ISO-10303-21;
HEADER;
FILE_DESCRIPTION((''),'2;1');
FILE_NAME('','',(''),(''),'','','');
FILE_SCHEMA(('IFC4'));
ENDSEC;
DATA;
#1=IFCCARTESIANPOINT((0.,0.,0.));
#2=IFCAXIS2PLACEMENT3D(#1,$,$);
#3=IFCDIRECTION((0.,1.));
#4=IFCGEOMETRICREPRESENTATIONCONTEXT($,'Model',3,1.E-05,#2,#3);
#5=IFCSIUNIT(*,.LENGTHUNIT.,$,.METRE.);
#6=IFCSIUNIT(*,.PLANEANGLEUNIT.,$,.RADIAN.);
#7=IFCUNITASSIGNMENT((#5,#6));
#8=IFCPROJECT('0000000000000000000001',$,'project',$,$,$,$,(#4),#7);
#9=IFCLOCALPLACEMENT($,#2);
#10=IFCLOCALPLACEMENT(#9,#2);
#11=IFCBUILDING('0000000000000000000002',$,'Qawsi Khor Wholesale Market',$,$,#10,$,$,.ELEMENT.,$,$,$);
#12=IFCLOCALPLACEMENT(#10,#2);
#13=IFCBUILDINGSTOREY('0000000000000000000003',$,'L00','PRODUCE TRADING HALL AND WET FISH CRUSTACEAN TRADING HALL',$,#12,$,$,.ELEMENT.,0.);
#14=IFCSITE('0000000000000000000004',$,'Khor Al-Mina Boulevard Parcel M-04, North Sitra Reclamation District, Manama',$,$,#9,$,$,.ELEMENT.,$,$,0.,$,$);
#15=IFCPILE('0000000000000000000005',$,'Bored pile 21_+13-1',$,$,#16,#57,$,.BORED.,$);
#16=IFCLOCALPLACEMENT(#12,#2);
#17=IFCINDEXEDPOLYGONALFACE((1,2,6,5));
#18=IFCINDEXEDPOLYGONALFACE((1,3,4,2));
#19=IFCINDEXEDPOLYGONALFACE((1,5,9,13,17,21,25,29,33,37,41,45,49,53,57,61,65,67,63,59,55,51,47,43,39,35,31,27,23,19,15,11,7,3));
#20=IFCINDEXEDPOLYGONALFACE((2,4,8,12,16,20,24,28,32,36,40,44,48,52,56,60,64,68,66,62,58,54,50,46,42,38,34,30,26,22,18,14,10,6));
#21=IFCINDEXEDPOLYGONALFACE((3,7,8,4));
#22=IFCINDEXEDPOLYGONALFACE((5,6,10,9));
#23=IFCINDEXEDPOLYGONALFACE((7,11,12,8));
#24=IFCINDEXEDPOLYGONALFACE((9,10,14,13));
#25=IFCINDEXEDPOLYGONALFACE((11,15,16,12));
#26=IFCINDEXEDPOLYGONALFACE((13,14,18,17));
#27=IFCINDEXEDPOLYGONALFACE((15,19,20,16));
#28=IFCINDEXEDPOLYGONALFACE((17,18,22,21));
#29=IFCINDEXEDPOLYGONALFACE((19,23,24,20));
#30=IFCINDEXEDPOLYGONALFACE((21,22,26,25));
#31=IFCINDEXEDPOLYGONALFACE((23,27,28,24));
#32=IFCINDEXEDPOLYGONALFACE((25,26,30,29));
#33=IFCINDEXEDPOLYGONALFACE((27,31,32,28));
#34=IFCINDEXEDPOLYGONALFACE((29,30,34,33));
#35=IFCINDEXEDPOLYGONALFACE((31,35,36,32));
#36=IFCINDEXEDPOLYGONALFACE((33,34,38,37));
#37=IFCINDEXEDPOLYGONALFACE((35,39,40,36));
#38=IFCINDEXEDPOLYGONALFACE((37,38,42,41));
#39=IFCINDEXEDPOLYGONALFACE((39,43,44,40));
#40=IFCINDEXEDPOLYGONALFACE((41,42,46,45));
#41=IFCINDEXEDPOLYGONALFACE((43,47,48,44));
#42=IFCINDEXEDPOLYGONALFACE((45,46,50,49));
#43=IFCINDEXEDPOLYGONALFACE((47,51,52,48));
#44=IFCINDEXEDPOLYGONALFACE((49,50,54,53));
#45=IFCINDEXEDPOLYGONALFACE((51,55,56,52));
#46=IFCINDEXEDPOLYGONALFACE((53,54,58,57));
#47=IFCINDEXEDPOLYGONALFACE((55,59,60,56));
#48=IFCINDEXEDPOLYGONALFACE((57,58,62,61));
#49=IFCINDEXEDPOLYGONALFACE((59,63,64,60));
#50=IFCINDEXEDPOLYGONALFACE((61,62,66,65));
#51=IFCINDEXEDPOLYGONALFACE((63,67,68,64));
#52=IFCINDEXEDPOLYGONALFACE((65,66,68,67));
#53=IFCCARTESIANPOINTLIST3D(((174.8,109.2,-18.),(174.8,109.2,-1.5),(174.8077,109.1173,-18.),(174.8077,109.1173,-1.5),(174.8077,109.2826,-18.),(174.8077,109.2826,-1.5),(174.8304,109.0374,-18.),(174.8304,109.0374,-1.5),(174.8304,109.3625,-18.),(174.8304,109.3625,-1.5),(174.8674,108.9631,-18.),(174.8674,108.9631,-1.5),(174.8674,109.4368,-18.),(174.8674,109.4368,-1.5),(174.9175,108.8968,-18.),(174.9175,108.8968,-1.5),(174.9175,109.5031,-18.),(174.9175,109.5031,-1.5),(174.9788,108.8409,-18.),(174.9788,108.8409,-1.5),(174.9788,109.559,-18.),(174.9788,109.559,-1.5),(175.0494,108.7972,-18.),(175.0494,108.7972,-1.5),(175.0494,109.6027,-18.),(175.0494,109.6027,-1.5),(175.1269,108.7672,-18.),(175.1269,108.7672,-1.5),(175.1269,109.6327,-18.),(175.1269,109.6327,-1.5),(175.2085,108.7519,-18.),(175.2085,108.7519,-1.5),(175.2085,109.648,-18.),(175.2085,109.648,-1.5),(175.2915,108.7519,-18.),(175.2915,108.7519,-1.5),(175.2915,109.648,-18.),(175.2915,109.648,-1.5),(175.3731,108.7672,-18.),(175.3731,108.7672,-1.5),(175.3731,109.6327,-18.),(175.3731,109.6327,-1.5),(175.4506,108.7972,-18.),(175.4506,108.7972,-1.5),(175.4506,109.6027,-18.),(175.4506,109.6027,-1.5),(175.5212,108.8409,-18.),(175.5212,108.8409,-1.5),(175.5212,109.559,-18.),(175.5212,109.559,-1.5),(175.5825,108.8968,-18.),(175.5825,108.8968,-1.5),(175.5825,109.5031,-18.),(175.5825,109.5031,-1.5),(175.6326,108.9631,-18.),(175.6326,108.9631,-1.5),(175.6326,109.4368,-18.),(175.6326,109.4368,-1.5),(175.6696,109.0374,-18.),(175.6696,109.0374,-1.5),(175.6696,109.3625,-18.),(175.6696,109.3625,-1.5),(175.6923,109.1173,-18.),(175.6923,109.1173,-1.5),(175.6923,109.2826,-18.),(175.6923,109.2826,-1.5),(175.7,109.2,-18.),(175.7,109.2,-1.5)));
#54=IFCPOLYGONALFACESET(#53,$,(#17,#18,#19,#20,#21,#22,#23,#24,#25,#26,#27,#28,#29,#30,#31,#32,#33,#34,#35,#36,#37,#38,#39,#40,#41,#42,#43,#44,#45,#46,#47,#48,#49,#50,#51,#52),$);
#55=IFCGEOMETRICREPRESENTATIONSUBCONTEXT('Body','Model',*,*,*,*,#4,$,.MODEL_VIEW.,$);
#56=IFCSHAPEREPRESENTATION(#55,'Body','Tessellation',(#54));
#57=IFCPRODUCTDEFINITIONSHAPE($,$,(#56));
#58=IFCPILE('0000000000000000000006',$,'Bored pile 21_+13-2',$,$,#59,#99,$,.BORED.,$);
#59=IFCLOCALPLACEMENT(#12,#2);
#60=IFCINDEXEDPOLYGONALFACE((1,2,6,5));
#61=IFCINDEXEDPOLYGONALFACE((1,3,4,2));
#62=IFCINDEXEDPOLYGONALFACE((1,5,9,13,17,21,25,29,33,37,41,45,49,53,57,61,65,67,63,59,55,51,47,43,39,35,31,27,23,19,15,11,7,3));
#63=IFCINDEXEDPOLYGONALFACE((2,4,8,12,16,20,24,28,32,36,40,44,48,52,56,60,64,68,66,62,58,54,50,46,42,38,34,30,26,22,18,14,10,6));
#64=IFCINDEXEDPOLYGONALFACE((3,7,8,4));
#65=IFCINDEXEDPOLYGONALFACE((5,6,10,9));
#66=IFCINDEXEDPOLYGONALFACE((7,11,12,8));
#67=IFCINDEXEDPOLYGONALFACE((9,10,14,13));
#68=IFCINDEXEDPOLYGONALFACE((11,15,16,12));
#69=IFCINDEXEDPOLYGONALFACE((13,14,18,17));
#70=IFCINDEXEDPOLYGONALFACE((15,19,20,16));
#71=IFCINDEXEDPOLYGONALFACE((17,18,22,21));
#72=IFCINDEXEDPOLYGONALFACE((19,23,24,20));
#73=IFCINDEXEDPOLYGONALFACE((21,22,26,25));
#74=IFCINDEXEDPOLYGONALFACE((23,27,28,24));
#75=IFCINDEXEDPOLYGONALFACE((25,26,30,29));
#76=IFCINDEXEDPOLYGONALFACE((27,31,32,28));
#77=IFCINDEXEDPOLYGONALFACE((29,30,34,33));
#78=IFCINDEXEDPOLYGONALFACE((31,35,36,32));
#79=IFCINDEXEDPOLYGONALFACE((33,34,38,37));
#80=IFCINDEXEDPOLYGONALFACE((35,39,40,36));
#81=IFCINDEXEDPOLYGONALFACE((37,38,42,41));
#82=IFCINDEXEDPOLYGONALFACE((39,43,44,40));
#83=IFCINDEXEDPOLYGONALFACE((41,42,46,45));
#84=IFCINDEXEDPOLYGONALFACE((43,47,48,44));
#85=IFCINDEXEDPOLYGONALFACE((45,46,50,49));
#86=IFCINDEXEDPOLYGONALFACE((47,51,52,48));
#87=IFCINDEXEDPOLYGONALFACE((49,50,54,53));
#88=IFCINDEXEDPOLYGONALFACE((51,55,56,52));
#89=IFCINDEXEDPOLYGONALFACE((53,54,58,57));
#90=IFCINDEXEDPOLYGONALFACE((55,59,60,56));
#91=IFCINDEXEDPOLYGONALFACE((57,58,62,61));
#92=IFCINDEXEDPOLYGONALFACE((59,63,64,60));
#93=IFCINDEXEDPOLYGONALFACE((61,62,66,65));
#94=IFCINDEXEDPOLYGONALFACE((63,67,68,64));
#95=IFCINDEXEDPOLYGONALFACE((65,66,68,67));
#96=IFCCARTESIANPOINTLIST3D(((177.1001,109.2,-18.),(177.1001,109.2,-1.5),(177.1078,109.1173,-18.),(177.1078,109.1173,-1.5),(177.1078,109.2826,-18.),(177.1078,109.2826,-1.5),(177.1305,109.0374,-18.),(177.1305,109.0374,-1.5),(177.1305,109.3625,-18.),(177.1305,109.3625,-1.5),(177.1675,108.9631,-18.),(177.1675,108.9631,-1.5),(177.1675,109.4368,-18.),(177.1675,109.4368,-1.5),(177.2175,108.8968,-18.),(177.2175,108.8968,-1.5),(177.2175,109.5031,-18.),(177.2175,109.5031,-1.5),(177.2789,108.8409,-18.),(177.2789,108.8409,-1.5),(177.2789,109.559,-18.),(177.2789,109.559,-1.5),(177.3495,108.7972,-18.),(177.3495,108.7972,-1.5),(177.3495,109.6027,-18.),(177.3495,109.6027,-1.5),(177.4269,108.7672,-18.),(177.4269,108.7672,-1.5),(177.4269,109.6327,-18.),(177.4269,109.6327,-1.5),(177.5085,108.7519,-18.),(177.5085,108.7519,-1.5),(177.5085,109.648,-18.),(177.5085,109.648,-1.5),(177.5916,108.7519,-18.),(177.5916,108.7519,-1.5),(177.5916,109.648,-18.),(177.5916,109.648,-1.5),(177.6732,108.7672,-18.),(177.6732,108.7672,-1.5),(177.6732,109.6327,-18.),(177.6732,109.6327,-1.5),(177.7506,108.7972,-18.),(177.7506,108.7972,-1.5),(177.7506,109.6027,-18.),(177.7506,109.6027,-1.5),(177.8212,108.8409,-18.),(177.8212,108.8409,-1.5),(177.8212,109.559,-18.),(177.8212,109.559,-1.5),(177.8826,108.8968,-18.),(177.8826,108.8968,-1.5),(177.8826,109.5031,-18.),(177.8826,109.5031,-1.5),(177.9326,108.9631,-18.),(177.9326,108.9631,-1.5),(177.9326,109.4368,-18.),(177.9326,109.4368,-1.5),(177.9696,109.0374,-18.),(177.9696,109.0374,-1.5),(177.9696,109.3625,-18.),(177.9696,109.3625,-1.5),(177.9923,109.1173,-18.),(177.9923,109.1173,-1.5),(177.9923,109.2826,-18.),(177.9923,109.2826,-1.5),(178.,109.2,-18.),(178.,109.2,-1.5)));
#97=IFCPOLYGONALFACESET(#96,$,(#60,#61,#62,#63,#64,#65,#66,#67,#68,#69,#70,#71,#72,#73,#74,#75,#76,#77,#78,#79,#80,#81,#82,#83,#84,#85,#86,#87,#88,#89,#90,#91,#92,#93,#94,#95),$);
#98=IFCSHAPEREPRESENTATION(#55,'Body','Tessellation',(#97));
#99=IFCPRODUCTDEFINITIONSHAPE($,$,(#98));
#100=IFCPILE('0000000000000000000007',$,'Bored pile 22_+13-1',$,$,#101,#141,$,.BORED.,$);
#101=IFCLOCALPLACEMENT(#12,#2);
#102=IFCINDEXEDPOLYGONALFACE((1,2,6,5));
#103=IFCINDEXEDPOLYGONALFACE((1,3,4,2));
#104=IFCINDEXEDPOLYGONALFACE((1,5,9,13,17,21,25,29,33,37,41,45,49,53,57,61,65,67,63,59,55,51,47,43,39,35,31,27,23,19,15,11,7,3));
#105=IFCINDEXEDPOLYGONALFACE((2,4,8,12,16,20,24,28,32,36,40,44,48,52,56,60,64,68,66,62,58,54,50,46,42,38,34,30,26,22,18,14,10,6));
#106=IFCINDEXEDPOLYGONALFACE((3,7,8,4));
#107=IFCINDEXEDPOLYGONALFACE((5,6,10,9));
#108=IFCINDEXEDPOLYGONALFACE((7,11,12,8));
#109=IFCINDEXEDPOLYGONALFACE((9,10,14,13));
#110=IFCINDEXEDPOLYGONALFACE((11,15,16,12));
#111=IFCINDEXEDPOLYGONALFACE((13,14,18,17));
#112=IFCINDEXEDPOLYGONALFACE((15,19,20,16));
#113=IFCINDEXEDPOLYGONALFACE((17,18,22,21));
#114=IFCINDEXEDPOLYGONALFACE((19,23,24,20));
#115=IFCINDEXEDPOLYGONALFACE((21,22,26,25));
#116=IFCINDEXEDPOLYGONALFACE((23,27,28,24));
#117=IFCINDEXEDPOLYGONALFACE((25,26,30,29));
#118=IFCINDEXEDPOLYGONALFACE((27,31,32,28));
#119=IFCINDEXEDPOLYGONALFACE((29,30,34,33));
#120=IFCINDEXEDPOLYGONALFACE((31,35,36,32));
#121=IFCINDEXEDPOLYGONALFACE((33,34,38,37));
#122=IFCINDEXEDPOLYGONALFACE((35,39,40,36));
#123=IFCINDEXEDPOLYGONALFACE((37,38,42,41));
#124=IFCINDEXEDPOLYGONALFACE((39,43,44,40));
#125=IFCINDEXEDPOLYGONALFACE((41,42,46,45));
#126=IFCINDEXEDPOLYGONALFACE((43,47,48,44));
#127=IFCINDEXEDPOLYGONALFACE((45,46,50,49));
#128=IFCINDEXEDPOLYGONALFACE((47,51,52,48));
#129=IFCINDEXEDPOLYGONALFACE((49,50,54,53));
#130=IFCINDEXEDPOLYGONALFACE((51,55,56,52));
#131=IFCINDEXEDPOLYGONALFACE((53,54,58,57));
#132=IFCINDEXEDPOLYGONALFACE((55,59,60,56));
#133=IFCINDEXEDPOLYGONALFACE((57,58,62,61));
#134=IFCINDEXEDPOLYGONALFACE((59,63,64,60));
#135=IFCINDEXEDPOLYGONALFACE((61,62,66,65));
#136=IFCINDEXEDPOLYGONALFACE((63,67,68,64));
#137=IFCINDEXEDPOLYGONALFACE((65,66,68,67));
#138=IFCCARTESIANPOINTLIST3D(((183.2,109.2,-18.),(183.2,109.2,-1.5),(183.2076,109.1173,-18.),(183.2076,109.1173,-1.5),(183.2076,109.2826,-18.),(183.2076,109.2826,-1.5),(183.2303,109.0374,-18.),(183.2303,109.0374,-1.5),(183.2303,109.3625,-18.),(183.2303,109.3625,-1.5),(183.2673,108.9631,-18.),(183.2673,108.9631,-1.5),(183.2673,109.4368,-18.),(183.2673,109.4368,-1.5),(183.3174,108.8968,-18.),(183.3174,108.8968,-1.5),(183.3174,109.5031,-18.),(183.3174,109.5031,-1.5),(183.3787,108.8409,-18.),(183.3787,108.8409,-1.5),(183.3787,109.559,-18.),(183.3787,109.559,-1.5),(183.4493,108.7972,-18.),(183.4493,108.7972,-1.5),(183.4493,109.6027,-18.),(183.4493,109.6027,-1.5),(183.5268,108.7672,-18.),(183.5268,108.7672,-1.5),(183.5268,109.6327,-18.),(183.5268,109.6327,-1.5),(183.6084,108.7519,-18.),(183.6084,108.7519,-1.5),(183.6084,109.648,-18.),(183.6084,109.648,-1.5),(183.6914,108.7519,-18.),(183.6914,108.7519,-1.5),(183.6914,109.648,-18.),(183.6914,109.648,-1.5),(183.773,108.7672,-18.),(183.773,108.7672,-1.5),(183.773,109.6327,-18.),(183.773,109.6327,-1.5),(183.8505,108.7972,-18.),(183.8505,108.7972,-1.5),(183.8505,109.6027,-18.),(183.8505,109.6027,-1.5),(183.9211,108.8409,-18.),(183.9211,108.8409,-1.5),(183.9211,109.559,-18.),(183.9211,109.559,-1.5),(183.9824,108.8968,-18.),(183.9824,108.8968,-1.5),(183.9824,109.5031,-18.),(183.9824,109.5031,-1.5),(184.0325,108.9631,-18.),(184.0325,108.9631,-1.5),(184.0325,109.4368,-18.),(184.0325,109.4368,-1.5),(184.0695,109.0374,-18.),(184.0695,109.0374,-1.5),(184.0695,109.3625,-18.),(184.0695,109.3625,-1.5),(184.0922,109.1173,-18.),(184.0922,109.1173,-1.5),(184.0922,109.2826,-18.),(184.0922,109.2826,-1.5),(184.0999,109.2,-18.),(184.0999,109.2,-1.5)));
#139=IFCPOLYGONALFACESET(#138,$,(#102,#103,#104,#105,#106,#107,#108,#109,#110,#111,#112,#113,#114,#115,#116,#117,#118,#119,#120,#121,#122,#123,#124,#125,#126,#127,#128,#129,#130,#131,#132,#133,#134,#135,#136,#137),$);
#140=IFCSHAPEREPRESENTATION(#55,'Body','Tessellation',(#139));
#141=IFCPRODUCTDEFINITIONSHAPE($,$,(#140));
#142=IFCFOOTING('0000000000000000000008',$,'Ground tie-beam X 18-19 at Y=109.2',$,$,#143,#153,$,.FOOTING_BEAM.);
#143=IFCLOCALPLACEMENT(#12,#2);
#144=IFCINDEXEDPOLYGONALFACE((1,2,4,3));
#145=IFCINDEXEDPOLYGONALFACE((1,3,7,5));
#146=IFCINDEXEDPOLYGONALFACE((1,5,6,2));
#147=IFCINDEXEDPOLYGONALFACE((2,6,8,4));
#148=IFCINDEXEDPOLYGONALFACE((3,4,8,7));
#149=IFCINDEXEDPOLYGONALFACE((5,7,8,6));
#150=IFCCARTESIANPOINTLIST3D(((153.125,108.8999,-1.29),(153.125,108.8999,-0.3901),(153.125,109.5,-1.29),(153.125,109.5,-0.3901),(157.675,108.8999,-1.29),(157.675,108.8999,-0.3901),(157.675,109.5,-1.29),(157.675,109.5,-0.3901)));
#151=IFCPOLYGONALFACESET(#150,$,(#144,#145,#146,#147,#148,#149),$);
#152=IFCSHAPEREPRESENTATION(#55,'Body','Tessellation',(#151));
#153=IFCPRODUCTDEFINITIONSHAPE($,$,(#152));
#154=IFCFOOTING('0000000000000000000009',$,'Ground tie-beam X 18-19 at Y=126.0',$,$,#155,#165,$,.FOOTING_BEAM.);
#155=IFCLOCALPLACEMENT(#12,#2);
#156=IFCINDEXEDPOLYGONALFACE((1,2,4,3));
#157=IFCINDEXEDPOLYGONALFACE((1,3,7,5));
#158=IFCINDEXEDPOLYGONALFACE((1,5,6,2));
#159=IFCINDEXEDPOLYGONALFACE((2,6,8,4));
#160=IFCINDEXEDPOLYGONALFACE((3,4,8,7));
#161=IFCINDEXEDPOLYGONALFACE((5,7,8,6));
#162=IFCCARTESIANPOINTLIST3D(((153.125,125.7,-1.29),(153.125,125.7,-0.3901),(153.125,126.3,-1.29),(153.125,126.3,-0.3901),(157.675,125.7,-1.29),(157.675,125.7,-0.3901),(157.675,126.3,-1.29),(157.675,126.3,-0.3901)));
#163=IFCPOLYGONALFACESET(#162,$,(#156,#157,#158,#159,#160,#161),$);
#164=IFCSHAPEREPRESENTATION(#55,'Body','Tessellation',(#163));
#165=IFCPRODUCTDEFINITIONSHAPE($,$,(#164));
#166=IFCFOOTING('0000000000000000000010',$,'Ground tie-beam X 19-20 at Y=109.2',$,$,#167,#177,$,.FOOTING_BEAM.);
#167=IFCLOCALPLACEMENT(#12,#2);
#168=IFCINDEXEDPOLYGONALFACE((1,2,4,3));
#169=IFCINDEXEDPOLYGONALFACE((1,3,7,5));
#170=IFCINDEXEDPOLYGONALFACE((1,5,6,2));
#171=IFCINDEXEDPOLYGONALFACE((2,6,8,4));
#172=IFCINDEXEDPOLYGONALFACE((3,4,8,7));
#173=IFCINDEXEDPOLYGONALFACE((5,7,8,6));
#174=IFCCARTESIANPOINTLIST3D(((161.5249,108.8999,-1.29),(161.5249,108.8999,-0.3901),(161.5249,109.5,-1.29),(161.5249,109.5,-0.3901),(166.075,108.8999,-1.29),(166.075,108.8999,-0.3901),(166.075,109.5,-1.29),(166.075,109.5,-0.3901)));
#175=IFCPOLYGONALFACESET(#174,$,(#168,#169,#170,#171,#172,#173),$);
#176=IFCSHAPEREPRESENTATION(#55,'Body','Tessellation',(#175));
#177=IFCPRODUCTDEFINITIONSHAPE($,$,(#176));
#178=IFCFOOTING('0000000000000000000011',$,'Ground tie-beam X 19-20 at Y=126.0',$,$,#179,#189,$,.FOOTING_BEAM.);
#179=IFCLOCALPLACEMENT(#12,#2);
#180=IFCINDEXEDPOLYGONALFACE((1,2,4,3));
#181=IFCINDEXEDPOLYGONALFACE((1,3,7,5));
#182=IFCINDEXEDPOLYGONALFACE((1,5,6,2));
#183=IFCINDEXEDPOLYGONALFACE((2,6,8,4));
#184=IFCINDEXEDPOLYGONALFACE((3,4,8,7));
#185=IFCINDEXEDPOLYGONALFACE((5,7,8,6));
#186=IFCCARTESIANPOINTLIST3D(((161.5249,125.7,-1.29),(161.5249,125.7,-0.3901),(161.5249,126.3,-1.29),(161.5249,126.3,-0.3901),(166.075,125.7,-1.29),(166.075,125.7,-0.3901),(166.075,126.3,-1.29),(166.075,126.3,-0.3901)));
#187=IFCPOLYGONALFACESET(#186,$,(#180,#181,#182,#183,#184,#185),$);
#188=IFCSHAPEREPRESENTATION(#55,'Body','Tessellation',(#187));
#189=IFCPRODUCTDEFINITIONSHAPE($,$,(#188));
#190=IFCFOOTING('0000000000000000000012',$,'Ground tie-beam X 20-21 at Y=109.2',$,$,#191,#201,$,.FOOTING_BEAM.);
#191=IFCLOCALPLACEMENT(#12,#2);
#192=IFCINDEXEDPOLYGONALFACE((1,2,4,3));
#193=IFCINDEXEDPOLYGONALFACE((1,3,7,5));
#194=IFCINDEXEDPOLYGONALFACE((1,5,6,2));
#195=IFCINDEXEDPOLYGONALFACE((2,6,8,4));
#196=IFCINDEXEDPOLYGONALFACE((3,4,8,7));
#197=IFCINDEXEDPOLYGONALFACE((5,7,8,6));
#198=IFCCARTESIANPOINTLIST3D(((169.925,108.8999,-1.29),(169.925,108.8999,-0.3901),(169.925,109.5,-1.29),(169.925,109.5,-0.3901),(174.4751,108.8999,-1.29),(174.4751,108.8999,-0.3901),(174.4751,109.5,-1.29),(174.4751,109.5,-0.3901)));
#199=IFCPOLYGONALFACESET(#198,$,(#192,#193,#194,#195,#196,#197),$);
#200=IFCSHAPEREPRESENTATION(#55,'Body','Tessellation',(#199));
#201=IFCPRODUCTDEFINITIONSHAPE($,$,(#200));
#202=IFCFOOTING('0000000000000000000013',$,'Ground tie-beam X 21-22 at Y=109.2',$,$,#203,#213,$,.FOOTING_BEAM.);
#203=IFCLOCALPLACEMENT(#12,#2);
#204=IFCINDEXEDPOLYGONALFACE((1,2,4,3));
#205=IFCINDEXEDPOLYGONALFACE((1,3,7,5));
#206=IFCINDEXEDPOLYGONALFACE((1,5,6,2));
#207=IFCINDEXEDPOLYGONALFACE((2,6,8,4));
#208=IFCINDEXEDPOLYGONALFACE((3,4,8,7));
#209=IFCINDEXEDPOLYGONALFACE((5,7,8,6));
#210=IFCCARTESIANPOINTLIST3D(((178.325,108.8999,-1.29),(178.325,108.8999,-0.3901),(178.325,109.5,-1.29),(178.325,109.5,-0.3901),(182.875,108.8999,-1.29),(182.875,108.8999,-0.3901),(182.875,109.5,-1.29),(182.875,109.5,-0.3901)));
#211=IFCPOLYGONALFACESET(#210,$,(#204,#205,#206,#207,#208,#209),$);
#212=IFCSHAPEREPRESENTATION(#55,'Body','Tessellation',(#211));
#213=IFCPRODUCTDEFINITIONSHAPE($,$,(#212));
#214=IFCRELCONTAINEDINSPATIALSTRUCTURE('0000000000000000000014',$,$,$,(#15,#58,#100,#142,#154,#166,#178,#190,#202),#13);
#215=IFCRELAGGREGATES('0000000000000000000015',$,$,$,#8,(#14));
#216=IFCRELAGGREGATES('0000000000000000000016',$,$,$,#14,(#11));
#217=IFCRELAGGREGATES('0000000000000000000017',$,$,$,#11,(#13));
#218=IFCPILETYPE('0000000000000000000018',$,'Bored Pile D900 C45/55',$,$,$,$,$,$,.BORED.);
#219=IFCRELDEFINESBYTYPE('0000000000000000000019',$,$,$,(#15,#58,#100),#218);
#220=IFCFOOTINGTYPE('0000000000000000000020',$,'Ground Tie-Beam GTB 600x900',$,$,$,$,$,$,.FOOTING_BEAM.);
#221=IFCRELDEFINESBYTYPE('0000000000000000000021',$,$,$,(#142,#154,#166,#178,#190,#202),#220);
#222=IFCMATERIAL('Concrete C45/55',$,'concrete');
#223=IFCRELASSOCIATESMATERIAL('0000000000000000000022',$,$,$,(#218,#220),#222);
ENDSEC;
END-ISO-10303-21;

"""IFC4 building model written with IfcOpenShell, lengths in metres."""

from ifc_helpers import new_model, si_unit, direction, frame, origin, origin_2d, place, context, subcontext, project, spatial, rectangle, circle, extrude, material, material_profile, profile_set, type_object, element, save


model = new_model("IFC4")

# Units and contexts
model_context = context("Model", 3, precision=1e-05, world=origin(), true_north=direction((0.0, 1.0)))
body_context = subcontext(model_context, "Body", "Model", "MODEL_VIEW")
ifc_project = project(units=[si_unit("LENGTHUNIT", "METRE"), si_unit("PLANEANGLEUNIT", "RADIAN")], contexts=[model_context])

# Site, building, storey
site_placement = place(None, origin())
site = spatial("IfcSite", under=ifc_project, at=site_placement, Name="Khor Al-Mina Boulevard Parcel M-04, North Sitra Reclamation District, Manama", CompositionType="ELEMENT", RefElevation=0.0)
building_placement = place(site_placement, origin())
building = spatial("IfcBuilding", under=site, at=building_placement, Name="Qawsi Khor Wholesale Market", CompositionType="ELEMENT")
storey_placement = place(building_placement, origin())
storey = spatial("IfcBuildingStorey", under=building, at=storey_placement, Name="L00", Description="PRODUCE TRADING HALL AND WET FISH CRUSTACEAN TRADING HALL", CompositionType="ELEMENT", Elevation=0.0)

# Piles
ifc_material_1 = material(Name="Concrete C45/55", Category="concrete")
ifc_material_profile_1 = material_profile(ifc_material_1, circle(Radius=0.45, at=origin_2d()), Name="PILE D900")
ifc_profile_set_1 = profile_set([ifc_material_profile_1], Name="Concrete C45/55")
pile_type = type_object("IfcPileType", Name="Bored Pile D900 C45/55", PredefinedType="BORED", material=ifc_profile_set_1)
for number, where, z_axis, x_axis, name in (
    (1, (175.25, 109.2, -1.5), (0.0, 0.0, -1.0), (1.0, 0.0, 0.0), "Bored pile 21_+13-1"),
    (2, (177.55, 109.2, -1.5), (0.0, 0.0, -1.0), (1.0, 0.0, 0.0), "Bored pile 21_+13-2"),
    (3, (183.6499, 109.2, -1.5), (0.0, 0.0, -1.0), (1.0, 0.0, 0.0), "Bored pile 22_+13-1"),
):
    element("IfcPile", number, at=place(storey_placement, frame(where, z_axis=z_axis, x_axis=x_axis)), inside=storey, type_object=pile_type, Name=name, PredefinedType="BORED", context=body_context, shape_type="SweptSolid", body=[
        extrude(circle(Radius=0.45, at=origin_2d()), origin(), (0.0, 0.0, 1.0), 16.5),
    ])

# Footings
ifc_material_profile_2 = material_profile(ifc_material_1, rectangle(XDim=0.6001, YDim=0.8999, at=origin_2d()), Name="RC 600x900")
ifc_profile_set_2 = profile_set([ifc_material_profile_2], Name="Concrete C45/55")
footing_type_1 = type_object("IfcFootingType", Name="Ground Tie-Beam GTB 600x900", PredefinedType="FOOTING_BEAM", material=ifc_profile_set_2)
for number, where, z_axis, x_axis, name in (
    (4, (153.125, 109.2, -0.8401), (1.0, 0.0, 0.0), (0.0, 1.0, 0.0), "Ground tie-beam X 18-19 at Y=109.2"),
    (5, (153.125, 126.0, -0.8401), (1.0, 0.0, 0.0), (0.0, 1.0, 0.0), "Ground tie-beam X 18-19 at Y=126.0"),
    (6, (161.5249, 109.2, -0.8401), (1.0, 0.0, 0.0), (0.0, 1.0, 0.0), "Ground tie-beam X 19-20 at Y=109.2"),
    (7, (161.5249, 126.0, -0.8401), (1.0, 0.0, 0.0), (0.0, 1.0, 0.0), "Ground tie-beam X 19-20 at Y=126.0"),
    (8, (169.925, 109.2, -0.8401), (1.0, 0.0, 0.0), (0.0, 1.0, 0.0), "Ground tie-beam X 20-21 at Y=109.2"),
    (9, (178.325, 109.2, -0.8401), (1.0, 0.0, 0.0), (0.0, 1.0, 0.0), "Ground tie-beam X 21-22 at Y=109.2"),
):
    element("IfcFooting", number, at=place(storey_placement, frame(where, z_axis=z_axis, x_axis=x_axis)), inside=storey, type_object=footing_type_1, Name=name, PredefinedType="FOOTING_BEAM", context=body_context, shape_type="SweptSolid", body=[
        extrude(rectangle(XDim=0.6001, YDim=0.8999, at=origin_2d()), origin(), (0.0, 0.0, 1.0), 4.55),
    ])

save(model, "model.ifc")
